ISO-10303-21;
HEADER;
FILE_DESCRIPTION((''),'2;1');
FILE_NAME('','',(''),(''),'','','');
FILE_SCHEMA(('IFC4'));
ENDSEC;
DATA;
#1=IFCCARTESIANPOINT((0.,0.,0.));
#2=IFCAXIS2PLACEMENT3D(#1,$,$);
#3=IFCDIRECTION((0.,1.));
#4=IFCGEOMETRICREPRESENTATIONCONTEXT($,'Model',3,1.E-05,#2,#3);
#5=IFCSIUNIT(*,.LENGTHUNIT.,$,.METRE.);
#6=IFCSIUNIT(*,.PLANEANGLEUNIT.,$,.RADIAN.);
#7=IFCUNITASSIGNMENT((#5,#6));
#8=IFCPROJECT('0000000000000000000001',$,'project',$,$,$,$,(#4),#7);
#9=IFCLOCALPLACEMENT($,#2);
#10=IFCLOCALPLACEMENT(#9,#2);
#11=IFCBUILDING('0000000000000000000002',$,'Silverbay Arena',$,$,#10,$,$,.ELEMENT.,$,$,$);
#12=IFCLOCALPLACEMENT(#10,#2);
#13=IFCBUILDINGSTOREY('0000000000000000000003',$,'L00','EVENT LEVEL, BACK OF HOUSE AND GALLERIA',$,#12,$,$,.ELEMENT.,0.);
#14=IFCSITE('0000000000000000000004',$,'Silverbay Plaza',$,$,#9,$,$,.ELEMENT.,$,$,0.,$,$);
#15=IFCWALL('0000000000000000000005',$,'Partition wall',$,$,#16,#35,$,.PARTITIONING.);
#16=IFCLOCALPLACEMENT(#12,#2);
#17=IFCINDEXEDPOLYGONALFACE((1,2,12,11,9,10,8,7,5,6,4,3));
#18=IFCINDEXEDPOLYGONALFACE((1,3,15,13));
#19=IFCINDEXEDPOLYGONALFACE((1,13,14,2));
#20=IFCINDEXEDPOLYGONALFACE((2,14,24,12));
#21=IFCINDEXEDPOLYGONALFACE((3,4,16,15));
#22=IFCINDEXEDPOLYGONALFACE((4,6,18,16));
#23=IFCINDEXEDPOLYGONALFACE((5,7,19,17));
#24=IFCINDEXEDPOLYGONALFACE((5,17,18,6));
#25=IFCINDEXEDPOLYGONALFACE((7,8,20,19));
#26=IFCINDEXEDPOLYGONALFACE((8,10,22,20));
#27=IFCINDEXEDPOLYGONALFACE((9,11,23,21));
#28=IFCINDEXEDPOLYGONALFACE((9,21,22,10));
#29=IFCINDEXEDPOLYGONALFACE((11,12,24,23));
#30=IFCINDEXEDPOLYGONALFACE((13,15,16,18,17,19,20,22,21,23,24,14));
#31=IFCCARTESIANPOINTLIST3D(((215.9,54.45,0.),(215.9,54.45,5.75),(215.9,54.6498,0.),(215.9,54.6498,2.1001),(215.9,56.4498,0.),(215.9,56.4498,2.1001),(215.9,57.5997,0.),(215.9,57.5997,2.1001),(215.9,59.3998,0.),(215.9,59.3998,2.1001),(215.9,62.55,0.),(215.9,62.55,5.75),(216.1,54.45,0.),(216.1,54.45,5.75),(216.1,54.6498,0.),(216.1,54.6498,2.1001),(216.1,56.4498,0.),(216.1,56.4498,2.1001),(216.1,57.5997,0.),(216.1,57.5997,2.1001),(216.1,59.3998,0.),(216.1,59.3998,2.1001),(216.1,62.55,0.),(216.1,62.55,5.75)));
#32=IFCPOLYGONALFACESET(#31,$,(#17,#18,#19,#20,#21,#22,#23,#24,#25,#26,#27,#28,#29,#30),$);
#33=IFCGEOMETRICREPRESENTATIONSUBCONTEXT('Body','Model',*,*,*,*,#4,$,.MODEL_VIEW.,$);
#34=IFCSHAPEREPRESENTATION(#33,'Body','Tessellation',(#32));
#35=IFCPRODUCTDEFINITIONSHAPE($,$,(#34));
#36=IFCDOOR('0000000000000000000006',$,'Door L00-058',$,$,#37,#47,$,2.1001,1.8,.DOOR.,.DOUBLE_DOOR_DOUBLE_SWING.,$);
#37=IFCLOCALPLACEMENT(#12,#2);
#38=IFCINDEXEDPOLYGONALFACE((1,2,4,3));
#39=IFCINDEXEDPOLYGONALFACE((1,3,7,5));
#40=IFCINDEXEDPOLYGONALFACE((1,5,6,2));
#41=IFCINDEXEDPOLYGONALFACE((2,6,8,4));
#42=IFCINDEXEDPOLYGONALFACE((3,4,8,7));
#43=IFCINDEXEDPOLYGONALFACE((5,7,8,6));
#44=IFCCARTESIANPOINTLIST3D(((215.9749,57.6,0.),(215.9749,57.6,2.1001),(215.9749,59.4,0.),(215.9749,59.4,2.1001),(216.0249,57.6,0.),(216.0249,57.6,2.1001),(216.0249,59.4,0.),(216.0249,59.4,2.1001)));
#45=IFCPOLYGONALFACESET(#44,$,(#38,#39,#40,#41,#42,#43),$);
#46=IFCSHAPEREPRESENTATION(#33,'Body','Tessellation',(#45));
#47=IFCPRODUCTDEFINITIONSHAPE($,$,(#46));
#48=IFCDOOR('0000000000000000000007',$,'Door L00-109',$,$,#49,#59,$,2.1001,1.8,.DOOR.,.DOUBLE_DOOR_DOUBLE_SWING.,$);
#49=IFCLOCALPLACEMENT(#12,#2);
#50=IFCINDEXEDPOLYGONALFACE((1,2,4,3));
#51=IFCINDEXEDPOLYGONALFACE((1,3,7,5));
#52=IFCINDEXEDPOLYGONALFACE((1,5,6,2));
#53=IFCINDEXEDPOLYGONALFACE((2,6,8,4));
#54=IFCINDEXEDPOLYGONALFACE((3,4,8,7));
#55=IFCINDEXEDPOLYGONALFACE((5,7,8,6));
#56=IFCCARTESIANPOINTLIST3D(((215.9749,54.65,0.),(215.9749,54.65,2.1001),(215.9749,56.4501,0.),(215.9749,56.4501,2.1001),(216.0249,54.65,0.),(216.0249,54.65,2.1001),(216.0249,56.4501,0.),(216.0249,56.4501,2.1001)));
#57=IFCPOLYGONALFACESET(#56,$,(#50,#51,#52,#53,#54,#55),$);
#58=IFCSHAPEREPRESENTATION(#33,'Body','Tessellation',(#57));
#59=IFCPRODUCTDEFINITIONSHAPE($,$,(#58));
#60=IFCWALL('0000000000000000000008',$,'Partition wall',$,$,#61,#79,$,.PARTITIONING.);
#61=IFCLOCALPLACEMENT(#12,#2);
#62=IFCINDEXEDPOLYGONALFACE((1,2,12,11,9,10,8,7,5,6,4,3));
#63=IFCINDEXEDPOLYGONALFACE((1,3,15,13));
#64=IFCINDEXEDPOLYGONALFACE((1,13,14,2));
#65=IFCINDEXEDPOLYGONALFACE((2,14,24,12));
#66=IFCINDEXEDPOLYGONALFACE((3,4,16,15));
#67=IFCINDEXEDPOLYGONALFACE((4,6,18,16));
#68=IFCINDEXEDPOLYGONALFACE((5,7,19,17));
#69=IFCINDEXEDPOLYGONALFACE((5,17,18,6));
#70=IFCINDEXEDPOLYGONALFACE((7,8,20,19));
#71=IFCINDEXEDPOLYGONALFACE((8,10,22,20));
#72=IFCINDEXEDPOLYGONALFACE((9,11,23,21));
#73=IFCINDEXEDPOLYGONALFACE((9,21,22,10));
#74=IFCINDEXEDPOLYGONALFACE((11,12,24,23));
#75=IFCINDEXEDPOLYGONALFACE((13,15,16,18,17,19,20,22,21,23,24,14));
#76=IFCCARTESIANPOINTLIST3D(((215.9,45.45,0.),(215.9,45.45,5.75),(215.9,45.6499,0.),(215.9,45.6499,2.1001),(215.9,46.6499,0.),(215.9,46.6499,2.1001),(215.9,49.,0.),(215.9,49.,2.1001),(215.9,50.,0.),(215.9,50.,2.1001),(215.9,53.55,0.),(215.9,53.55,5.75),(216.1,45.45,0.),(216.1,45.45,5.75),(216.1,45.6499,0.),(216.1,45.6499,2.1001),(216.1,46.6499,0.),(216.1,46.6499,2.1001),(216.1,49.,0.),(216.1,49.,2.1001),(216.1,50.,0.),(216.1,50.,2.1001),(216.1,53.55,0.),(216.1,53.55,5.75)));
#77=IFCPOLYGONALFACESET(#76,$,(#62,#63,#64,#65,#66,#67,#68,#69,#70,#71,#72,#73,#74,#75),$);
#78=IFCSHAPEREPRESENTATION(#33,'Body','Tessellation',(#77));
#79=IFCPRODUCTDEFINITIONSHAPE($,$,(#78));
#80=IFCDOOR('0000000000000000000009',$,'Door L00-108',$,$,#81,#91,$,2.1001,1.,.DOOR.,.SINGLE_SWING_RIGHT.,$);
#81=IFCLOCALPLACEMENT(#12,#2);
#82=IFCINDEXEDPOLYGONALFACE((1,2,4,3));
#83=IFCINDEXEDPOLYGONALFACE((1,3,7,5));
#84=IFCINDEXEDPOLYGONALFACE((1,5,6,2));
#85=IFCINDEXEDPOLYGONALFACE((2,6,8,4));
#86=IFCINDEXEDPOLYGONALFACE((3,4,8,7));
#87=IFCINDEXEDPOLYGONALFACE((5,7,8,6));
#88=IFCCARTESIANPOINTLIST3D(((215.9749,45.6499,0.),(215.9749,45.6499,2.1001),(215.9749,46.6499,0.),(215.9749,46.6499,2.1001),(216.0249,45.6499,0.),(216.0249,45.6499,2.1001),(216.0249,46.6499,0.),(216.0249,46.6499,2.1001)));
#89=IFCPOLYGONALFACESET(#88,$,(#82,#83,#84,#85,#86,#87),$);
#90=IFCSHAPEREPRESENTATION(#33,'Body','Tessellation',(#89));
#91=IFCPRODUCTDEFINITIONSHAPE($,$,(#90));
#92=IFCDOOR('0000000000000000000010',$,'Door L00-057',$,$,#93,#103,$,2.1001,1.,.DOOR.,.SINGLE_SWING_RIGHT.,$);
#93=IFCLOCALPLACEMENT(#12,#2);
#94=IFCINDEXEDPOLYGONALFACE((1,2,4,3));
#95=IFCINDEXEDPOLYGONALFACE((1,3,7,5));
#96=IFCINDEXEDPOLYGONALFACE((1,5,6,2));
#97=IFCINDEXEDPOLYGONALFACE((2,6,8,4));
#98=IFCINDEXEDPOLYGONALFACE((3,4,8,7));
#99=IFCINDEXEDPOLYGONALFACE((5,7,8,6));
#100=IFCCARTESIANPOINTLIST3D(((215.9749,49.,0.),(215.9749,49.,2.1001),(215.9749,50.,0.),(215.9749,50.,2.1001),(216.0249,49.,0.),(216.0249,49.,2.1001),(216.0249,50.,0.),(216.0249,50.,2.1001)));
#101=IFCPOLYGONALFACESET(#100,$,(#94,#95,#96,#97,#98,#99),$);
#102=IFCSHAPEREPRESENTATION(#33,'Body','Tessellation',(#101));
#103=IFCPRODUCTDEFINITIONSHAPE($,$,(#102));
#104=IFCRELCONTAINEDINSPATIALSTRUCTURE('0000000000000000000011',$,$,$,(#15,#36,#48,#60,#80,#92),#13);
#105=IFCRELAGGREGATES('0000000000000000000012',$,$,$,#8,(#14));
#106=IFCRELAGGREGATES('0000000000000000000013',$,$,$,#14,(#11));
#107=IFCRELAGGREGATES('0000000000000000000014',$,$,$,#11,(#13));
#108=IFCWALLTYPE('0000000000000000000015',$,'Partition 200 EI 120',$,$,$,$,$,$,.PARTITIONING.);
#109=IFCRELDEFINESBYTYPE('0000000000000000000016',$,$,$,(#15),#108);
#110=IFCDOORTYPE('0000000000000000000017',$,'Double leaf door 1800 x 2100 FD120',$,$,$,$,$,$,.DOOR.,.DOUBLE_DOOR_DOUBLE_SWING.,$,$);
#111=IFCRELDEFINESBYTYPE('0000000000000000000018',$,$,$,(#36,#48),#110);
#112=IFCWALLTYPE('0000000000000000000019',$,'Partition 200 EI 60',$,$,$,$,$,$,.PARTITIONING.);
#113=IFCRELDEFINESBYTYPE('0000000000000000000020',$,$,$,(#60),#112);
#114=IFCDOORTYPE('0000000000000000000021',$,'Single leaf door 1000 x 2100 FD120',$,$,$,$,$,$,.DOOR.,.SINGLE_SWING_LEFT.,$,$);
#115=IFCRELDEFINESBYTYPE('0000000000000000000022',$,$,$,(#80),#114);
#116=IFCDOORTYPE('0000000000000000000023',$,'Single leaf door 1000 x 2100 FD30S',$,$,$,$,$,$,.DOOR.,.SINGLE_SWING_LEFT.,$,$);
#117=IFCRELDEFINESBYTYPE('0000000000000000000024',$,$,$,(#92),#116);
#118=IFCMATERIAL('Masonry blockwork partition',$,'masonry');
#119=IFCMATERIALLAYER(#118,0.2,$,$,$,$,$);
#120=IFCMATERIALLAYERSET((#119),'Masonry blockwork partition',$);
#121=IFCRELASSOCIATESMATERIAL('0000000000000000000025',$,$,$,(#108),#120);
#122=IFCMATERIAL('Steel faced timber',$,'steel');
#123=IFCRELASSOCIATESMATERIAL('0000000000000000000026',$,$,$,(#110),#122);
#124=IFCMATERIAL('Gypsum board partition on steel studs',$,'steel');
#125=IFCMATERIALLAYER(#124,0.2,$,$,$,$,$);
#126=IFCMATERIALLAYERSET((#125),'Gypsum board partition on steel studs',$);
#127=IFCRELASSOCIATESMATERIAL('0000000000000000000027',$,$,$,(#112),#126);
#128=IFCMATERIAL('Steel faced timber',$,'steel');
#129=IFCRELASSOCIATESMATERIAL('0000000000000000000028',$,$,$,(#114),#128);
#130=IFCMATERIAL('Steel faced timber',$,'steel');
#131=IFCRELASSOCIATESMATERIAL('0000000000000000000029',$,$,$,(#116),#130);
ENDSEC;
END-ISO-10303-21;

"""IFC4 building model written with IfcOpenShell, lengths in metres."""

from ifc_helpers import new_model, si_unit, direction, frame, frame_2d, origin, place, context, subcontext, project, spatial, rectangle, extrude, material, layer, layer_set, type_object, element, fill, save


model = new_model("IFC4")

# Units and contexts
model_context = context("Model", 3, precision=1e-05, world=origin(), true_north=direction((0.0, 1.0)))
body_context = subcontext(model_context, "Body", "Model", "MODEL_VIEW")
ifc_project = project(units=[si_unit("LENGTHUNIT", "METRE"), si_unit("PLANEANGLEUNIT", "RADIAN")], contexts=[model_context])

# Site, building, storey
site_placement = place(None, origin())
site = spatial("IfcSite", under=ifc_project, at=site_placement, Name="Silverbay Plaza", CompositionType="ELEMENT", RefElevation=0.0)
building_placement = place(site_placement, origin())
building = spatial("IfcBuilding", under=site, at=building_placement, Name="Silverbay Arena", CompositionType="ELEMENT")
storey_placement = place(building_placement, origin())
storey = spatial("IfcBuildingStorey", under=building, at=storey_placement, Name="L00", Description="EVENT LEVEL, BACK OF HOUSE AND GALLERIA", CompositionType="ELEMENT", Elevation=0.0)

# Shared definitions
ifc_material_1 = material(Name="Masonry blockwork partition", Category="masonry")
ifc_layer_1 = layer(ifc_material_1, 0.2)
ifc_layer_set_1 = layer_set([ifc_layer_1], Name="Masonry blockwork partition")
wall_type_1 = type_object("IfcWallType", Name="Partition 200 EI 120", PredefinedType="PARTITIONING", material=ifc_layer_set_1)

# Walls, openings, doors
wall_1_placement = place(storey_placement, frame((216.0, 54.45, 0.0), z_axis=(0.0, 0.0, 1.0), x_axis=(0.0, 1.0, 0.0)))
wall_1 = element("IfcWall", 1, at=wall_1_placement, inside=storey, type_object=wall_type_1, Name="Partition wall", PredefinedType="PARTITIONING", context=body_context, shape_type="SweptSolid", body=[
    extrude(rectangle(XDim=8.1001, YDim=0.2, at=frame_2d((4.05, 0.0))), origin(), (0.0, 0.0, 1.0), 5.75),
])
opening_1_placement = place(wall_1_placement, frame((3.1499, 0.0, 0.0)))
opening_1 = element("IfcOpeningElement", 2, at=opening_1_placement, cuts=wall_1, PredefinedType="OPENING", context=body_context, shape_type="SweptSolid", body=[
    extrude(rectangle(XDim=1.8, YDim=2.1001, at=frame_2d((0.8999, 1.05))), frame((0.0, 0.1099, 0.0), z_axis=(0.0, -1.0, 0.0), x_axis=(1.0, 0.0, 0.0)), (0.0, 0.0, 1.0), 0.22),
])
opening_2_placement = place(wall_1_placement, frame((0.2, 0.0, 0.0)))
opening_2 = element("IfcOpeningElement", 3, at=opening_2_placement, cuts=wall_1, PredefinedType="OPENING", context=body_context, shape_type="SweptSolid", body=[
    extrude(rectangle(XDim=1.8, YDim=2.1001, at=frame_2d((0.8999, 1.05))), frame((0.0, 0.1099, 0.0), z_axis=(0.0, -1.0, 0.0), x_axis=(1.0, 0.0, 0.0)), (0.0, 0.0, 1.0), 0.22),
])
ifc_material_2 = material(Name="Steel faced timber", Category="steel")
door_type_1 = type_object("IfcDoorType", Name="Double leaf door 1800 x 2100 FD120", OperationType="DOUBLE_DOOR_DOUBLE_SWING", PredefinedType="DOOR", material=ifc_material_2)
door_1_placement = place(opening_1_placement, frame((1.8, 0.0, 0.0), z_axis=(0.0, 0.0, 1.0), x_axis=(-1.0, 0.0, 0.0)))
door_1 = element("IfcDoor", 4, at=door_1_placement, inside=storey, type_object=door_type_1, Name="Door L00-058", OperationType="DOUBLE_DOOR_DOUBLE_SWING", OverallHeight=2.1001, OverallWidth=1.8, PredefinedType="DOOR", context=body_context, shape_type="SweptSolid", body=[
    extrude(rectangle(XDim=1.8, YDim=2.1001, at=frame_2d((0.8999, 1.05))), frame((0.0, 0.0249, 0.0), z_axis=(0.0, -1.0, 0.0), x_axis=(1.0, 0.0, 0.0)), (0.0, 0.0, 1.0), 0.05),
])
fill(opening_1, door_1)
door_2_placement = place(opening_2_placement, frame((1.8, 0.0, 0.0), z_axis=(0.0, 0.0, 1.0), x_axis=(-1.0, 0.0, 0.0)))
door_2 = element("IfcDoor", 5, at=door_2_placement, inside=storey, type_object=door_type_1, Name="Door L00-109", OperationType="DOUBLE_DOOR_DOUBLE_SWING", OverallHeight=2.1001, OverallWidth=1.8, PredefinedType="DOOR", context=body_context, shape_type="SweptSolid", body=[
    extrude(rectangle(XDim=1.8, YDim=2.1001, at=frame_2d((0.8999, 1.05))), frame((0.0, 0.0249, 0.0), z_axis=(0.0, -1.0, 0.0), x_axis=(1.0, 0.0, 0.0)), (0.0, 0.0, 1.0), 0.05),
])
fill(opening_2, door_2)
ifc_material_3 = material(Name="Gypsum board partition on steel studs", Category="steel")
ifc_layer_2 = layer(ifc_material_3, 0.2)
ifc_layer_set_2 = layer_set([ifc_layer_2], Name="Gypsum board partition on steel studs")
wall_type_2 = type_object("IfcWallType", Name="Partition 200 EI 60", PredefinedType="PARTITIONING", material=ifc_layer_set_2)
wall_2_placement = place(storey_placement, frame((216.0, 45.45, 0.0), z_axis=(0.0, 0.0, 1.0), x_axis=(0.0, 1.0, 0.0)))
wall_2 = element("IfcWall", 6, at=wall_2_placement, inside=storey, type_object=wall_type_2, Name="Partition wall", PredefinedType="PARTITIONING", context=body_context, shape_type="SweptSolid", body=[
    extrude(rectangle(XDim=8.1001, YDim=0.2, at=frame_2d((4.05, 0.0))), origin(), (0.0, 0.0, 1.0), 5.75),
])
opening_3_placement = place(wall_2_placement, frame((3.55, 0.0, 0.0)))
opening_3 = element("IfcOpeningElement", 7, at=opening_3_placement, cuts=wall_2, PredefinedType="OPENING", context=body_context, shape_type="SweptSolid", body=[
    extrude(rectangle(XDim=1.0, YDim=2.1001, at=frame_2d((0.5, 1.05))), frame((0.0, 0.1099, 0.0), z_axis=(0.0, -1.0, 0.0), x_axis=(1.0, 0.0, 0.0)), (0.0, 0.0, 1.0), 0.22),
])
opening_4_placement = place(wall_2_placement, frame((0.2, 0.0, 0.0)))
opening_4 = element("IfcOpeningElement", 8, at=opening_4_placement, cuts=wall_2, PredefinedType="OPENING", context=body_context, shape_type="SweptSolid", body=[
    extrude(rectangle(XDim=1.0, YDim=2.1001, at=frame_2d((0.5, 1.05))), frame((0.0, 0.1099, 0.0), z_axis=(0.0, -1.0, 0.0), x_axis=(1.0, 0.0, 0.0)), (0.0, 0.0, 1.0), 0.22),
])
ifc_material_4 = material(Name="Steel faced timber", Category="steel")
door_type_2 = type_object("IfcDoorType", Name="Single leaf door 1000 x 2100 FD120", OperationType="SINGLE_SWING_LEFT", PredefinedType="DOOR", material=ifc_material_4)
door_3_placement = place(opening_4_placement, frame((1.0, 0.0, 0.0), z_axis=(0.0, 0.0, 1.0), x_axis=(-1.0, 0.0, 0.0)))
door_3 = element("IfcDoor", 9, at=door_3_placement, inside=storey, type_object=door_type_2, Name="Door L00-108", OperationType="SINGLE_SWING_RIGHT", OverallHeight=2.1001, OverallWidth=1.0, PredefinedType="DOOR", context=body_context, shape_type="SweptSolid", body=[
    extrude(rectangle(XDim=1.0, YDim=2.1001, at=frame_2d((0.5, 1.05))), frame((0.0, 0.0249, 0.0), z_axis=(0.0, -1.0, 0.0), x_axis=(1.0, 0.0, 0.0)), (0.0, 0.0, 1.0), 0.05),
])
fill(opening_4, door_3)
ifc_material_5 = material(Name="Steel faced timber", Category="steel")
door_type_3 = type_object("IfcDoorType", Name="Single leaf door 1000 x 2100 FD30S", OperationType="SINGLE_SWING_LEFT", PredefinedType="DOOR", material=ifc_material_5)
door_4_placement = place(opening_3_placement, frame((1.0, 0.0, 0.0), z_axis=(0.0, 0.0, 1.0), x_axis=(-1.0, 0.0, 0.0)))
door_4 = element("IfcDoor", 10, at=door_4_placement, inside=storey, type_object=door_type_3, Name="Door L00-057", OperationType="SINGLE_SWING_RIGHT", OverallHeight=2.1001, OverallWidth=1.0, PredefinedType="DOOR", context=body_context, shape_type="SweptSolid", body=[
    extrude(rectangle(XDim=1.0, YDim=2.1001, at=frame_2d((0.5, 1.05))), frame((0.0, 0.0249, 0.0), z_axis=(0.0, -1.0, 0.0), x_axis=(1.0, 0.0, 0.0)), (0.0, 0.0, 1.0), 0.05),
])
fill(opening_3, door_4)

save(model, "model.ifc")
